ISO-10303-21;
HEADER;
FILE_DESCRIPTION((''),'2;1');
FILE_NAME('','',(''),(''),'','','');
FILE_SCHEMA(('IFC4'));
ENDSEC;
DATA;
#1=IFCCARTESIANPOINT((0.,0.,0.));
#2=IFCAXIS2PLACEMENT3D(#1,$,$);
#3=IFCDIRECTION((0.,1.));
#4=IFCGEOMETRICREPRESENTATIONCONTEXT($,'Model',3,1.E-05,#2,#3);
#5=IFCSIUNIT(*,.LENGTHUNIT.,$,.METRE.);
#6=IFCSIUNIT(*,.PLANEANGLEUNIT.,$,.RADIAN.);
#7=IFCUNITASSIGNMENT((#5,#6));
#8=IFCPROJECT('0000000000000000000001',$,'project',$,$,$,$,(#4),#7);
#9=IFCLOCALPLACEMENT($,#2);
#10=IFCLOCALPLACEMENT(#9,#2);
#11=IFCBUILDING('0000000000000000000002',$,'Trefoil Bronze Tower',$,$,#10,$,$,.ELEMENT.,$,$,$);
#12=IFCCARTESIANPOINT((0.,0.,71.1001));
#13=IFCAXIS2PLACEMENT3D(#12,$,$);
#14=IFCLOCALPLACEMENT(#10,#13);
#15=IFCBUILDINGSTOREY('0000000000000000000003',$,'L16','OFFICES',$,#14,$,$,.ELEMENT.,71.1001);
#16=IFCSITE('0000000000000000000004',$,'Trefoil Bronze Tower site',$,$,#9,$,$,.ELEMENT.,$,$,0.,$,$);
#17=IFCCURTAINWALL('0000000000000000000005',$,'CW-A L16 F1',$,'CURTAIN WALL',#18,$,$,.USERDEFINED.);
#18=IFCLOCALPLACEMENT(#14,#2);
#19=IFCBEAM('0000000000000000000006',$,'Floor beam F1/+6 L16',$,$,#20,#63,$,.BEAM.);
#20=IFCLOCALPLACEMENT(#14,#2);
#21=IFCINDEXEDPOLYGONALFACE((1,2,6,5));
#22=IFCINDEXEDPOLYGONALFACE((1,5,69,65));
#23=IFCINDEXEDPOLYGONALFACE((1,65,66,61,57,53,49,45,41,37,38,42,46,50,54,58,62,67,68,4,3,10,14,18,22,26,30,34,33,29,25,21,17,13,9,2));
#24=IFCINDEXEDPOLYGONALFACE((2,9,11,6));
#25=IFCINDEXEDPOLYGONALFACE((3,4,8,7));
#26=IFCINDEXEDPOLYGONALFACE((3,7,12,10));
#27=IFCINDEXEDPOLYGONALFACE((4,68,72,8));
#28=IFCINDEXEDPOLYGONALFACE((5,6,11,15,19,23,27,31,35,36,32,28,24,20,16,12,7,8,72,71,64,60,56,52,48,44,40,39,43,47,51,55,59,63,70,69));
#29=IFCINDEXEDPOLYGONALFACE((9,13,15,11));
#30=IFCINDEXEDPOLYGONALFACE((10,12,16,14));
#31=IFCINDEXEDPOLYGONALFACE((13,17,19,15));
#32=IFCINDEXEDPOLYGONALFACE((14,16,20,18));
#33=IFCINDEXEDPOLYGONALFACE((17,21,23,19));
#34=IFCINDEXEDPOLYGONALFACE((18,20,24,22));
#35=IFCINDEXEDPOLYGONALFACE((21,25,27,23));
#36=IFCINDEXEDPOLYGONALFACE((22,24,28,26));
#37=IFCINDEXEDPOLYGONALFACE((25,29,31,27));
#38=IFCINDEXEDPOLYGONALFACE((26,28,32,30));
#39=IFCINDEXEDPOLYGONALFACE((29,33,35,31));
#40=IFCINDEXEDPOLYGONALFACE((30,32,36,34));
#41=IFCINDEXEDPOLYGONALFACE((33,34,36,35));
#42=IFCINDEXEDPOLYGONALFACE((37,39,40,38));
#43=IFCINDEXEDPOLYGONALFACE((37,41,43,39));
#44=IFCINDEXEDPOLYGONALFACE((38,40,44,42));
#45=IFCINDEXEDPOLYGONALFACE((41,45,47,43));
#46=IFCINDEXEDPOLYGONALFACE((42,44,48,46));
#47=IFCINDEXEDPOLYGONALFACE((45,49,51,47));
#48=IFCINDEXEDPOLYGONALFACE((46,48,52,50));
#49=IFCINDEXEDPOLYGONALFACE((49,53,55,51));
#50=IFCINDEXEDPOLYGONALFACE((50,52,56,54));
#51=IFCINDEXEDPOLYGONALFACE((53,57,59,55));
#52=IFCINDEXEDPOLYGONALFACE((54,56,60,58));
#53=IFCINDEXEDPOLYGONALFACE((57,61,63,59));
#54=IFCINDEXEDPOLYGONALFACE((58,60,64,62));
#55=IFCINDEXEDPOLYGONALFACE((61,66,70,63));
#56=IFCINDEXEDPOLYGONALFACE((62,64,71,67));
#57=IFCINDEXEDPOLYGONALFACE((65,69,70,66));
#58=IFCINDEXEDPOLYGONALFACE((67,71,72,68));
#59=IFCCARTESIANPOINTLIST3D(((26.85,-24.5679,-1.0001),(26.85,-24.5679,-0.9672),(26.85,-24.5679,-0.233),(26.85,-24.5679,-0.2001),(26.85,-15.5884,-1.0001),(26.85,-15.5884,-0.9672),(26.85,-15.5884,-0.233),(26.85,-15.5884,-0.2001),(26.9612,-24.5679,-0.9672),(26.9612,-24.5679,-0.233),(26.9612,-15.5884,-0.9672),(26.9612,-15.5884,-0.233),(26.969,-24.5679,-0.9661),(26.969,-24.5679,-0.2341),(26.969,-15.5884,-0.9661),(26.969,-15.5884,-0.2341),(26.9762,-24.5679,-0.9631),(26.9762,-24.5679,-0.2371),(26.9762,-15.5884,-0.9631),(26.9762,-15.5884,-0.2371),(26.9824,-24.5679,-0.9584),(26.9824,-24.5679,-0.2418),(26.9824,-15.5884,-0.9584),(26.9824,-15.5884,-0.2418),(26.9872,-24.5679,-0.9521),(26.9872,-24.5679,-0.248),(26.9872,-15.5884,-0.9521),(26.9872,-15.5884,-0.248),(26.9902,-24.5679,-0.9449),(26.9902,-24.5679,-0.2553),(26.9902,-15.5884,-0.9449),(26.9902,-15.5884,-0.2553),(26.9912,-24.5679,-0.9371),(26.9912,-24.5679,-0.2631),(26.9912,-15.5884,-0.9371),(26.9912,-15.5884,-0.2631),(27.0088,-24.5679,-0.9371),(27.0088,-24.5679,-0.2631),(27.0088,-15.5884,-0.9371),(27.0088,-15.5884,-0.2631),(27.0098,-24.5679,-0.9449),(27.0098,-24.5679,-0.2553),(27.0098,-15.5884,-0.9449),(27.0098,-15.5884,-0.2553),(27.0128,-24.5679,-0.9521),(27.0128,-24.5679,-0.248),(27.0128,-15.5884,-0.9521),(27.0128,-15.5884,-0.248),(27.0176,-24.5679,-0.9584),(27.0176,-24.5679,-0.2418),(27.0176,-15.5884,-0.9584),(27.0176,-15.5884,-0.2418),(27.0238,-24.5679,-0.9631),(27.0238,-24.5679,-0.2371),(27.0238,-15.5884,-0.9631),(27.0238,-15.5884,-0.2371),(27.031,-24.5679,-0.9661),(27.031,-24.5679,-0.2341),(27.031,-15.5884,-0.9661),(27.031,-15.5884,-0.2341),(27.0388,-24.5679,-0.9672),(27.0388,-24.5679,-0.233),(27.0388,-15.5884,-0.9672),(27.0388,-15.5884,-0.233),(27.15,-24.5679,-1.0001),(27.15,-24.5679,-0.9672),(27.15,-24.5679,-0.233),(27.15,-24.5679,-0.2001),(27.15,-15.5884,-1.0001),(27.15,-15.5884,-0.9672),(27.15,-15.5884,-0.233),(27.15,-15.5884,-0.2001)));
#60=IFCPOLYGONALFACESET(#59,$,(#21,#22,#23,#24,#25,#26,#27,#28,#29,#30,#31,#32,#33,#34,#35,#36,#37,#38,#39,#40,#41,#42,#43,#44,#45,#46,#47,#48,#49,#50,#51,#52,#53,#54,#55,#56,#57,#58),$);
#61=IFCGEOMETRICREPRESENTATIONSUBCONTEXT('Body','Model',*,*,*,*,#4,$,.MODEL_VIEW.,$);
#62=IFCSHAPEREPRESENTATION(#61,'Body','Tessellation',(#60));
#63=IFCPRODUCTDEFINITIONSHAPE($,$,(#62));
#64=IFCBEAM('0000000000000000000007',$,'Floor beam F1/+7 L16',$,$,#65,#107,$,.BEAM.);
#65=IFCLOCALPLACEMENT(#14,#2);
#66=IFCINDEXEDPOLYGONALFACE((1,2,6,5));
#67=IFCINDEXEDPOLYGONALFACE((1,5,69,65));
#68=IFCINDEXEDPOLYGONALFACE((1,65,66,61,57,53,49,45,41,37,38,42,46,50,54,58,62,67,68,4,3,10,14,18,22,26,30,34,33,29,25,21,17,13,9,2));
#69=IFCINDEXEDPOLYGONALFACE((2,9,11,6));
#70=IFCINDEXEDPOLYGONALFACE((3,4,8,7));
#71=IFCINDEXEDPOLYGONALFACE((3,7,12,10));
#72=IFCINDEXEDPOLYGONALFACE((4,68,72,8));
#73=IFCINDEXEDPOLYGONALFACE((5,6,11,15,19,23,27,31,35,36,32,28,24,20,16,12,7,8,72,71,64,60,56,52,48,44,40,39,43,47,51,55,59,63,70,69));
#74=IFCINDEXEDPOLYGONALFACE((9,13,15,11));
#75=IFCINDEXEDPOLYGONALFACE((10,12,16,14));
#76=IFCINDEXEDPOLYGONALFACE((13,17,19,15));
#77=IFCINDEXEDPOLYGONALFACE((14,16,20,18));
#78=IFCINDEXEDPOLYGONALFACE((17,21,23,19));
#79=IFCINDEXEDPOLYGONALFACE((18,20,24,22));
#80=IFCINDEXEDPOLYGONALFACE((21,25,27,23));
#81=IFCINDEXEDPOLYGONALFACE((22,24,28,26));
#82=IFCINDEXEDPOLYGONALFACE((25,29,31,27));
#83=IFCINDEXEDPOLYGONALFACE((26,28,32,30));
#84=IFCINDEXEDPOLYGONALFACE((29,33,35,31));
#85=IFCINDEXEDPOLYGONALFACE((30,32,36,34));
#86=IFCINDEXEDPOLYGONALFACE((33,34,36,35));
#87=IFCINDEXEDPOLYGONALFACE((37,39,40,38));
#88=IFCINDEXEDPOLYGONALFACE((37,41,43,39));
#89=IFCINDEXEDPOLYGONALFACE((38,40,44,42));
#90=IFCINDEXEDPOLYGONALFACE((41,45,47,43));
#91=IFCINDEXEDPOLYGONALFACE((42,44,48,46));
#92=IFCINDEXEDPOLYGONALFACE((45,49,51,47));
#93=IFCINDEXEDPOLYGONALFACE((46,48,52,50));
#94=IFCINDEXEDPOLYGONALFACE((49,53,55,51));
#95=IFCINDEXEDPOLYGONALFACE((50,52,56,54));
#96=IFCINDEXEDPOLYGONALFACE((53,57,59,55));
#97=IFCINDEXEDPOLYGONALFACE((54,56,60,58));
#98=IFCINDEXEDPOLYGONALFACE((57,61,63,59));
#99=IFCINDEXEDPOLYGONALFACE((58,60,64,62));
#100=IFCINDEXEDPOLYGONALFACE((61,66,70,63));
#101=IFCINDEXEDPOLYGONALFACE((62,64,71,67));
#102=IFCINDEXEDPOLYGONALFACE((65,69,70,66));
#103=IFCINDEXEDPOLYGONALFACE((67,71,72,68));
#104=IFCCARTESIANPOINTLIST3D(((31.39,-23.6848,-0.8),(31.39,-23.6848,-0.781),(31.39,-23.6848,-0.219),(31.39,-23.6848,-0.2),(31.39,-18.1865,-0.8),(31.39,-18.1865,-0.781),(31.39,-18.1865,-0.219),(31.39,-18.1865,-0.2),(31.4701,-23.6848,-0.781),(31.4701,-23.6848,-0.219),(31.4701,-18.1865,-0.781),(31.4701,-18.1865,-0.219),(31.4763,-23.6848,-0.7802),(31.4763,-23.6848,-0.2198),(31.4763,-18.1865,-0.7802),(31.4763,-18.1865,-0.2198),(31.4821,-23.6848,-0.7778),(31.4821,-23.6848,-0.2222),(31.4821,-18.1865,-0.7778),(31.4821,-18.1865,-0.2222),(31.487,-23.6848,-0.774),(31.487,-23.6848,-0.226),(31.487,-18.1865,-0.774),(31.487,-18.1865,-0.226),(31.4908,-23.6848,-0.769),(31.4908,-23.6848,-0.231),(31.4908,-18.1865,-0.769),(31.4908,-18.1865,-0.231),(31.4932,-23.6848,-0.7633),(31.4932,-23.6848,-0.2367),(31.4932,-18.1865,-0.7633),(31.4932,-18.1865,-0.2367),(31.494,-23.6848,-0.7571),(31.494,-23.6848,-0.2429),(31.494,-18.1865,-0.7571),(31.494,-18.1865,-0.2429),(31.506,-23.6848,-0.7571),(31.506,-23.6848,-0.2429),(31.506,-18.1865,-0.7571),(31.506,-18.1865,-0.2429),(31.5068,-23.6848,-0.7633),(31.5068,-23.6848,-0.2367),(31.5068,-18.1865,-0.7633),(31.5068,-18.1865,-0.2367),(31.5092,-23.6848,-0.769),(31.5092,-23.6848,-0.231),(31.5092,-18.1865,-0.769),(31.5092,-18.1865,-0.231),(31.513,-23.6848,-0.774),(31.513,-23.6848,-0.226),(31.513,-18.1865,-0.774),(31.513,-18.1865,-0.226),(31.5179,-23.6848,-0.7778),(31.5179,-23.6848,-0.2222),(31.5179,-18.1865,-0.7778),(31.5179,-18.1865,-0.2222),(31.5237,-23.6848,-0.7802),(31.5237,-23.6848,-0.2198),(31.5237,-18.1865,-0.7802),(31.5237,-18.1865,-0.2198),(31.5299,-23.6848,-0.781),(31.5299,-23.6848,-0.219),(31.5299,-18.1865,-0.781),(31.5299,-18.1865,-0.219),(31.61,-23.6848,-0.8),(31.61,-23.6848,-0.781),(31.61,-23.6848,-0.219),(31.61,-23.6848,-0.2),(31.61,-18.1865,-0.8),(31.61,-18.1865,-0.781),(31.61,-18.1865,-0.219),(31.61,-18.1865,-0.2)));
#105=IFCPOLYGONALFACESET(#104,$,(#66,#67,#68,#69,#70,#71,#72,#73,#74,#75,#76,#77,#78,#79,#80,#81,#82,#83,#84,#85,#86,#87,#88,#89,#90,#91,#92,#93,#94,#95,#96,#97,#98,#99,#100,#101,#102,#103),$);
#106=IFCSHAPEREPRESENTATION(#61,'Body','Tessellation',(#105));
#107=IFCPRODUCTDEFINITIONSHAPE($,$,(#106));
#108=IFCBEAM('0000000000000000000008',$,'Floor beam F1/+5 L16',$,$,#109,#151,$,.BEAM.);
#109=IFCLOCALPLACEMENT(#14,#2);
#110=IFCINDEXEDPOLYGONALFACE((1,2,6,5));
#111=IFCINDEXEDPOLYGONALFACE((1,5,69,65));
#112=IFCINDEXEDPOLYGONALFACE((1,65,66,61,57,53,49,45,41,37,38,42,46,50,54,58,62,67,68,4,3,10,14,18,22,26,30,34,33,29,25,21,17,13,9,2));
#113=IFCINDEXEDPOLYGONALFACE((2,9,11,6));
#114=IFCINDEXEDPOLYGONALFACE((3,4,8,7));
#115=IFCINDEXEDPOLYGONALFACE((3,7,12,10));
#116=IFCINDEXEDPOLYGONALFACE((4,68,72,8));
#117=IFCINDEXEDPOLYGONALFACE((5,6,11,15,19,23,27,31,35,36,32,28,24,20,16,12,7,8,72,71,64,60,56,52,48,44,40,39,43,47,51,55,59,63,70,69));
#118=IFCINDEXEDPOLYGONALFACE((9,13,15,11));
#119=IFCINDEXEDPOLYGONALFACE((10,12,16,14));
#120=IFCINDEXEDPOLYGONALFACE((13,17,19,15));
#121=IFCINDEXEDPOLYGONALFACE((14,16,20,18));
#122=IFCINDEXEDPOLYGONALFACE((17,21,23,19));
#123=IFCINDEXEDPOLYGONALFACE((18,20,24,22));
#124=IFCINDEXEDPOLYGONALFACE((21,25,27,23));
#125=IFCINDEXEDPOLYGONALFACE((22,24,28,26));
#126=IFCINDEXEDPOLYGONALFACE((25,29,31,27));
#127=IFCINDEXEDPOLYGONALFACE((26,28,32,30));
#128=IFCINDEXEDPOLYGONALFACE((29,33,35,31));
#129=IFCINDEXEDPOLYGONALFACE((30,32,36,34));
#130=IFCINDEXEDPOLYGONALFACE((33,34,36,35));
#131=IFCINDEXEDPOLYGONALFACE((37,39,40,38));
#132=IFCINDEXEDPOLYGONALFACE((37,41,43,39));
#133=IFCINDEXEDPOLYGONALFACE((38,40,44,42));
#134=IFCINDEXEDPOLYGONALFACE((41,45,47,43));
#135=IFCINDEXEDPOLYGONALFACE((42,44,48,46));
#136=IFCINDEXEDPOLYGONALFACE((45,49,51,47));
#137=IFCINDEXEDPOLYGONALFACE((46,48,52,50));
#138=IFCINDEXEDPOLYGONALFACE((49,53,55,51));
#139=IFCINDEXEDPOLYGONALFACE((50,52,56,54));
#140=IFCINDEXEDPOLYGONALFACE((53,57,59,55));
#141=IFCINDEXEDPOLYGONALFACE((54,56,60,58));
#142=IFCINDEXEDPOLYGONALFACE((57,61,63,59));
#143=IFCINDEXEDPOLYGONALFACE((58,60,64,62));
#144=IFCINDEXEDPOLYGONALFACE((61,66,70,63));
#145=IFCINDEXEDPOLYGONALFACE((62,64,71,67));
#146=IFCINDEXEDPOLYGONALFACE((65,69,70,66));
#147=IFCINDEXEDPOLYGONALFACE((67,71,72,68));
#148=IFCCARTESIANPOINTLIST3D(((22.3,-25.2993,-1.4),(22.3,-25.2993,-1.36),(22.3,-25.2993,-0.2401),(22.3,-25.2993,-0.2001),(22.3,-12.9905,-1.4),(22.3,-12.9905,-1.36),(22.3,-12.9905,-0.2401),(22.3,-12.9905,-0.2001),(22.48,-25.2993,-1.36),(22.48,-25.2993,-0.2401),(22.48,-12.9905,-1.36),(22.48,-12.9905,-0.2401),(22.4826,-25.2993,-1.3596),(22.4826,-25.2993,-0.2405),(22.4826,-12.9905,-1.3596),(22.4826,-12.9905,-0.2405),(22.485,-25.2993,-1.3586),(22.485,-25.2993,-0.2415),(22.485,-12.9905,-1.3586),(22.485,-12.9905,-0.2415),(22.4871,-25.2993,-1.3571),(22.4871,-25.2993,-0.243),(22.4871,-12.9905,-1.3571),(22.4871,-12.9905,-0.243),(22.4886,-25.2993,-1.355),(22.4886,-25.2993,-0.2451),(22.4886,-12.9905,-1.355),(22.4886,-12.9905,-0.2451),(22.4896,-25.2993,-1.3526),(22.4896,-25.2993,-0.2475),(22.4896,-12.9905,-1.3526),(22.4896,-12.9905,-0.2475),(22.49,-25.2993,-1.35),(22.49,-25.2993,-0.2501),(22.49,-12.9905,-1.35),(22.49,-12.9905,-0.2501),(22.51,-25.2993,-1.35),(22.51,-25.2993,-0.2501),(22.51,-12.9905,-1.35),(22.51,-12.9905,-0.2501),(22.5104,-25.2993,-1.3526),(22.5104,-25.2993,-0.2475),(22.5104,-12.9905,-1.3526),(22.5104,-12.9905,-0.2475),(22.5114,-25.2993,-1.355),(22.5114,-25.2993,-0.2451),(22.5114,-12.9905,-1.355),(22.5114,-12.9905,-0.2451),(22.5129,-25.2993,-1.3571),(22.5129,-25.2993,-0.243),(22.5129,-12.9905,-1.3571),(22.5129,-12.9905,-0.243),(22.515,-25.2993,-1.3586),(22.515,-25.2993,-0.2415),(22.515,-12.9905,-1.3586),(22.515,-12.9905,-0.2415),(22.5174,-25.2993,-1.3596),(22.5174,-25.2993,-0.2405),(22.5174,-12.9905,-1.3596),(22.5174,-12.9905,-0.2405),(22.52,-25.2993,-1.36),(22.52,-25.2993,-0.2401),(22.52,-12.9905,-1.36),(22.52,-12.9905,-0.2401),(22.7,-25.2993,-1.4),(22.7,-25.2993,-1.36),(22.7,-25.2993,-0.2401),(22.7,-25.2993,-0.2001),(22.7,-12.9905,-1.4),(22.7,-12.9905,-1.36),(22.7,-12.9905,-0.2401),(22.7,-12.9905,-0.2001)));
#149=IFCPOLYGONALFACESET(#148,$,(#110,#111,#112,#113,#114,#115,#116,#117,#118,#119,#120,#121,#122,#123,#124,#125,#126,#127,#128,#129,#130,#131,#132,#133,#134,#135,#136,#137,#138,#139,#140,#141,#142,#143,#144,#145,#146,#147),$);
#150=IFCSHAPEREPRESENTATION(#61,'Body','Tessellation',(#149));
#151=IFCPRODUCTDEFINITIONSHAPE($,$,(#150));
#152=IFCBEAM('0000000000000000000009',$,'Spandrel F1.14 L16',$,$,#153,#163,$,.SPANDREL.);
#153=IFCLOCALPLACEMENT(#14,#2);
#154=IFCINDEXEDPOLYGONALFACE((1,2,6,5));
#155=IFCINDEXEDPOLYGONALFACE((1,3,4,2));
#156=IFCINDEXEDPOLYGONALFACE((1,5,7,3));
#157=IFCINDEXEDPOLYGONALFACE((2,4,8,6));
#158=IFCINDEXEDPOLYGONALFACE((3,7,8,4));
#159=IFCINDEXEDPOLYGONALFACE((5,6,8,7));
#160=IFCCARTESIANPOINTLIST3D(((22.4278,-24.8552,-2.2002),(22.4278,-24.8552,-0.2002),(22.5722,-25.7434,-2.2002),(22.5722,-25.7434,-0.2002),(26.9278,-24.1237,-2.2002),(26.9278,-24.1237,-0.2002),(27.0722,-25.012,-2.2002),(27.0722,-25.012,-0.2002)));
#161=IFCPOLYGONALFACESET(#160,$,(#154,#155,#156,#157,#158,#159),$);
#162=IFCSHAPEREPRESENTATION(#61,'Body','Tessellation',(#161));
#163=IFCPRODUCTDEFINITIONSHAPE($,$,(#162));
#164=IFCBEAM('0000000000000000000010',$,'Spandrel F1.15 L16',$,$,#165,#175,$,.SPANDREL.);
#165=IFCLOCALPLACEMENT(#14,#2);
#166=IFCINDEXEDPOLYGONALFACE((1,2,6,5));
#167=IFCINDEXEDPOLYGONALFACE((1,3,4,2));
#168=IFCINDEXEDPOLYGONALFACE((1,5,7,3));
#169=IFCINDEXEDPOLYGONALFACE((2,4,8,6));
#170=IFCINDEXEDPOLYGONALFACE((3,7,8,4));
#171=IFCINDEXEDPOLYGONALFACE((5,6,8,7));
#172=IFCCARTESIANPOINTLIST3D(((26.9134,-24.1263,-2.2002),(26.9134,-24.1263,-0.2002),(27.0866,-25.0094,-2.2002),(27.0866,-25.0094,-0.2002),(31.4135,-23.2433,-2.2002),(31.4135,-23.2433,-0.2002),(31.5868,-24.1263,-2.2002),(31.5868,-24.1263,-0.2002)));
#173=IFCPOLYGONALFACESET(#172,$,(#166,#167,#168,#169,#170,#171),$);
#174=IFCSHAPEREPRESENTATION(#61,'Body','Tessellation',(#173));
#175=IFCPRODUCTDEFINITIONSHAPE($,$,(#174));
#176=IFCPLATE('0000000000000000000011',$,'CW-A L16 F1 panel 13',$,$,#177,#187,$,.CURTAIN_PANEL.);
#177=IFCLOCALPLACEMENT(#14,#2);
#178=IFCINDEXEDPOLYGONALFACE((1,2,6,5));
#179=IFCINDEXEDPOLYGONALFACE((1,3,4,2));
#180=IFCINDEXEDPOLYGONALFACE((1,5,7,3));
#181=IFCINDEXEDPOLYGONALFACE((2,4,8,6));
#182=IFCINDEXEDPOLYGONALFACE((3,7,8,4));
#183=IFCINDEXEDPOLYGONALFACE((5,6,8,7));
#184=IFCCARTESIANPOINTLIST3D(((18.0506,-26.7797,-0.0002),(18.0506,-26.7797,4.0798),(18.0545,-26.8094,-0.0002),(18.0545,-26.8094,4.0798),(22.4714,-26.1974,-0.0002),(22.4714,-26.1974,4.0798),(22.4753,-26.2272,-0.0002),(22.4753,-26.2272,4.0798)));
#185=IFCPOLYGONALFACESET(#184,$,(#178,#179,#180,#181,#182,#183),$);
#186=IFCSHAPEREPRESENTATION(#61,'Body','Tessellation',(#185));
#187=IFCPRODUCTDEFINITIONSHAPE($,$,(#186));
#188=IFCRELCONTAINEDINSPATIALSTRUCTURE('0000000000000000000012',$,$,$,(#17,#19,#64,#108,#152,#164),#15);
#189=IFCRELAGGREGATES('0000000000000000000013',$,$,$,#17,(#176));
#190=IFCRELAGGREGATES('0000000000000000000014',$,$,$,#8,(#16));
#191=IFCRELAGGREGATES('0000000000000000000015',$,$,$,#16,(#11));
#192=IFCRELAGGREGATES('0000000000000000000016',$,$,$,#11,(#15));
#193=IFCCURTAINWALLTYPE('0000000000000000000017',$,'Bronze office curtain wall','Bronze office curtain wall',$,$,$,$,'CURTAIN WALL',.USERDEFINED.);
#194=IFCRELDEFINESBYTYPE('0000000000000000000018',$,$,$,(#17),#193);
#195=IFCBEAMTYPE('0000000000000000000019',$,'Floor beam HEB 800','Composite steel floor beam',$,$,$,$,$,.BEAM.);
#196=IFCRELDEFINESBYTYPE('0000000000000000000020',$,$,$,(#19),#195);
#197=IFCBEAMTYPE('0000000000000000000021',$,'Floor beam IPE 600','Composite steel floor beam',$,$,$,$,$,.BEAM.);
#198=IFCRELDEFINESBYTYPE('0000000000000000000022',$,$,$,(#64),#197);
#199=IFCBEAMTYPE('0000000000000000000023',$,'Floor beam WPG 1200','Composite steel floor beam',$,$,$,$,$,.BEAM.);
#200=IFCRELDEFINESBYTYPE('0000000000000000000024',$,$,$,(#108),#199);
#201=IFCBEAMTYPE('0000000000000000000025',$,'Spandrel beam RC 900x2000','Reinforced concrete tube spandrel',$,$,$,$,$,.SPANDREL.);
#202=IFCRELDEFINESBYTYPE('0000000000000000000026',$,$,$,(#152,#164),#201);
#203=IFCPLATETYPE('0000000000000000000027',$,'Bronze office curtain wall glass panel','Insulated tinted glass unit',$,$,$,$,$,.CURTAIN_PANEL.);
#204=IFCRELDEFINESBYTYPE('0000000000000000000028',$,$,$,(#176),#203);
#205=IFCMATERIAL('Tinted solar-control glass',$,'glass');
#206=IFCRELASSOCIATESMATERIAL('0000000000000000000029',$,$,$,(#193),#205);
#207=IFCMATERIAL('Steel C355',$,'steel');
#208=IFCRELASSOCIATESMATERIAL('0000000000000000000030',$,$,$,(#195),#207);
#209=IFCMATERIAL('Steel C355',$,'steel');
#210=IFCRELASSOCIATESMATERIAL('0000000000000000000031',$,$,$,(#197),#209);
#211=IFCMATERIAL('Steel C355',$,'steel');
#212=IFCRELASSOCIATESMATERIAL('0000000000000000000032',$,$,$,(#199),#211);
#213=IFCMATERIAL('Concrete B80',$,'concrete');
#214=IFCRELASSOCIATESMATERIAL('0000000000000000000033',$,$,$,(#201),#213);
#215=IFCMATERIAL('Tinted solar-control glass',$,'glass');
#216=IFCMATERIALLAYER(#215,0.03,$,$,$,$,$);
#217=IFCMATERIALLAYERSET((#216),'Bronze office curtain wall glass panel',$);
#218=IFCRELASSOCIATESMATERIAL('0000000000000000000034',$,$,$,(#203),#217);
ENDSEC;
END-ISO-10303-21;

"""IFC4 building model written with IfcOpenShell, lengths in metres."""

from ifc_helpers import new_model, si_unit, direction, frame, origin, origin_2d, place, context, subcontext, project, spatial, rectangle, i_section, extrude, material, layer, layer_set, material_profile, profile_set, type_object, element, aggregate, save


model = new_model("IFC4")

# Units and contexts
model_context = context("Model", 3, precision=1e-05, world=origin(), true_north=direction((0.0, 1.0)))
body_context = subcontext(model_context, "Body", "Model", "MODEL_VIEW")
ifc_project = project(units=[si_unit("LENGTHUNIT", "METRE"), si_unit("PLANEANGLEUNIT", "RADIAN")], contexts=[model_context])

# Site, building, storey
site_placement = place(None, origin())
site = spatial("IfcSite", under=ifc_project, at=site_placement, Name="Trefoil Bronze Tower site", CompositionType="ELEMENT", RefElevation=0.0)
building_placement = place(site_placement, origin())
building = spatial("IfcBuilding", under=site, at=building_placement, Name="Trefoil Bronze Tower", CompositionType="ELEMENT")
storey_placement = place(building_placement, frame((0.0, 0.0, 71.1001)))
storey = spatial("IfcBuildingStorey", under=building, at=storey_placement, Name="L16", Description="OFFICES", CompositionType="ELEMENT", Elevation=71.1001)

# Curtain wall
ifc_material_1 = material(Name="Tinted solar-control glass", Category="glass")
curtain_wall_type_1 = type_object("IfcCurtainWallType", Name="Bronze office curtain wall", Description="Bronze office curtain wall", ElementType="CURTAIN WALL", PredefinedType="USERDEFINED", material=ifc_material_1)
curtain_wall_1_placement = place(storey_placement, origin())
curtain_wall_1 = element("IfcCurtainWall", 1, at=curtain_wall_1_placement, inside=storey, type_object=curtain_wall_type_1, Name="CW-A L16 F1", ObjectType="CURTAIN WALL", PredefinedType="USERDEFINED")

# Beams
ifc_material_2 = material(Name="Steel C355", Category="steel")
ifc_material_profile_1 = material_profile(ifc_material_2, i_section(OverallWidth=0.3, OverallDepth=0.8, WebThickness=0.0176, FlangeThickness=0.033, FilletRadius=0.03, at=origin_2d()), Name="HEB 800")
ifc_profile_set_1 = profile_set([ifc_material_profile_1], Name="Steel C355")
beam_type_1 = type_object("IfcBeamType", Name="Floor beam HEB 800", Description="Composite steel floor beam", PredefinedType="BEAM", material=ifc_profile_set_1)
beam_1_placement = place(storey_placement, frame((27.0, -24.5679, -0.6001), z_axis=(0.0, 1.0, 0.0), x_axis=(-1.0, 0.0, 0.0)))
element("IfcBeam", 2, at=beam_1_placement, inside=storey, type_object=beam_type_1, Name="Floor beam F1/+6 L16", PredefinedType="BEAM", context=body_context, shape_type="SweptSolid", body=[
    extrude(i_section(OverallWidth=0.3, OverallDepth=0.8, WebThickness=0.0176, FlangeThickness=0.033, FilletRadius=0.03, at=origin_2d()), origin(), (0.0, 0.0, 1.0), 8.9795),
])
ifc_material_3 = material(Name="Steel C355", Category="steel")
ifc_material_profile_2 = material_profile(ifc_material_3, i_section(OverallWidth=0.22, OverallDepth=0.6001, WebThickness=0.012, FlangeThickness=0.019, FilletRadius=0.0239, at=origin_2d()), Name="IPE 600")
ifc_profile_set_2 = profile_set([ifc_material_profile_2], Name="Steel C355")
beam_type_2 = type_object("IfcBeamType", Name="Floor beam IPE 600", Description="Composite steel floor beam", PredefinedType="BEAM", material=ifc_profile_set_2)
beam_2_placement = place(storey_placement, frame((31.5, -23.6848, -0.5), z_axis=(0.0, 1.0, 0.0), x_axis=(-1.0, 0.0, 0.0)))
element("IfcBeam", 3, at=beam_2_placement, inside=storey, type_object=beam_type_2, Name="Floor beam F1/+7 L16", PredefinedType="BEAM", context=body_context, shape_type="SweptSolid", body=[
    extrude(i_section(OverallWidth=0.22, OverallDepth=0.6001, WebThickness=0.012, FlangeThickness=0.019, FilletRadius=0.0239, at=origin_2d()), origin(), (0.0, 0.0, 1.0), 5.4983),
])
ifc_material_4 = material(Name="Steel C355", Category="steel")
ifc_material_profile_3 = material_profile(ifc_material_4, i_section(OverallWidth=0.3999, OverallDepth=1.2, WebThickness=0.02, FlangeThickness=0.04, FilletRadius=0.01, at=origin_2d()), Name="WPG 1200")
ifc_profile_set_3 = profile_set([ifc_material_profile_3], Name="Steel C355")
beam_type_3 = type_object("IfcBeamType", Name="Floor beam WPG 1200", Description="Composite steel floor beam", PredefinedType="BEAM", material=ifc_profile_set_3)
beam_3_placement = place(storey_placement, frame((22.5, -25.2993, -0.8), z_axis=(0.0, 1.0, 0.0), x_axis=(-1.0, 0.0, 0.0)))
element("IfcBeam", 4, at=beam_3_placement, inside=storey, type_object=beam_type_3, Name="Floor beam F1/+5 L16", PredefinedType="BEAM", context=body_context, shape_type="SweptSolid", body=[
    extrude(i_section(OverallWidth=0.3999, OverallDepth=1.2, WebThickness=0.02, FlangeThickness=0.04, FilletRadius=0.01, at=origin_2d()), origin(), (0.0, 0.0, 1.0), 12.3088),
])
ifc_material_5 = material(Name="Concrete B80", Category="concrete")
ifc_material_profile_4 = material_profile(ifc_material_5, rectangle(XDim=0.8999, YDim=2.0, at=origin_2d()), Name="RC 900x2000")
ifc_profile_set_4 = profile_set([ifc_material_profile_4], Name="Concrete B80")
beam_type_4 = type_object("IfcBeamType", Name="Spandrel beam RC 900x2000", Description="Reinforced concrete tube spandrel", PredefinedType="SPANDREL", material=ifc_profile_set_4)
beam_4_placement = place(storey_placement, frame((22.5, -25.2993, -1.2002), z_axis=(0.987046, 0.160438, 0.0), x_axis=(-0.160438, 0.987046, 0.0)))
element("IfcBeam", 5, at=beam_4_placement, inside=storey, type_object=beam_type_4, Name="Spandrel F1.14 L16", PredefinedType="SPANDREL", context=body_context, shape_type="SweptSolid", body=[
    extrude(rectangle(XDim=0.8999, YDim=2.0, at=origin_2d()), origin(), (0.0, 0.0, 1.0), 4.5591),
])
beam_5_placement = place(storey_placement, frame((27.0, -24.5679, -1.2002), z_axis=(0.981285, 0.192562, 0.0), x_axis=(-0.192562, 0.981285, 0.0)))
element("IfcBeam", 6, at=beam_5_placement, inside=storey, type_object=beam_type_4, Name="Spandrel F1.15 L16", PredefinedType="SPANDREL", context=body_context, shape_type="SweptSolid", body=[
    extrude(rectangle(XDim=0.8999, YDim=2.0, at=origin_2d()), origin(), (0.0, 0.0, 1.0), 4.5859),
])

# Plate
ifc_material_6 = material(Name="Tinted solar-control glass", Category="glass")
ifc_layer_1 = layer(ifc_material_6, 0.03)
ifc_layer_set_1 = layer_set([ifc_layer_1], Name="Bronze office curtain wall glass panel")
plate_type_1 = type_object("IfcPlateType", Name="Bronze office curtain wall glass panel", Description="Insulated tinted glass unit", PredefinedType="CURTAIN_PANEL", material=ifc_layer_set_1)
plate_1_placement = place(storey_placement, frame((20.2629, -26.5034, -0.0002), z_axis=(0.0, 0.0, 1.0), x_axis=(0.991437, 0.130584, 0.0)))
plate_1 = element("IfcPlate", 7, at=plate_1_placement, type_object=plate_type_1, Name="CW-A L16 F1 panel 13", PredefinedType="CURTAIN_PANEL", context=body_context, shape_type="SweptSolid", body=[
    extrude(rectangle(XDim=4.459, YDim=0.03, at=origin_2d()), origin(), (0.0, 0.0, 1.0), 4.0801),
])
aggregate(curtain_wall_1, [plate_1])

save(model, "model.ifc")
